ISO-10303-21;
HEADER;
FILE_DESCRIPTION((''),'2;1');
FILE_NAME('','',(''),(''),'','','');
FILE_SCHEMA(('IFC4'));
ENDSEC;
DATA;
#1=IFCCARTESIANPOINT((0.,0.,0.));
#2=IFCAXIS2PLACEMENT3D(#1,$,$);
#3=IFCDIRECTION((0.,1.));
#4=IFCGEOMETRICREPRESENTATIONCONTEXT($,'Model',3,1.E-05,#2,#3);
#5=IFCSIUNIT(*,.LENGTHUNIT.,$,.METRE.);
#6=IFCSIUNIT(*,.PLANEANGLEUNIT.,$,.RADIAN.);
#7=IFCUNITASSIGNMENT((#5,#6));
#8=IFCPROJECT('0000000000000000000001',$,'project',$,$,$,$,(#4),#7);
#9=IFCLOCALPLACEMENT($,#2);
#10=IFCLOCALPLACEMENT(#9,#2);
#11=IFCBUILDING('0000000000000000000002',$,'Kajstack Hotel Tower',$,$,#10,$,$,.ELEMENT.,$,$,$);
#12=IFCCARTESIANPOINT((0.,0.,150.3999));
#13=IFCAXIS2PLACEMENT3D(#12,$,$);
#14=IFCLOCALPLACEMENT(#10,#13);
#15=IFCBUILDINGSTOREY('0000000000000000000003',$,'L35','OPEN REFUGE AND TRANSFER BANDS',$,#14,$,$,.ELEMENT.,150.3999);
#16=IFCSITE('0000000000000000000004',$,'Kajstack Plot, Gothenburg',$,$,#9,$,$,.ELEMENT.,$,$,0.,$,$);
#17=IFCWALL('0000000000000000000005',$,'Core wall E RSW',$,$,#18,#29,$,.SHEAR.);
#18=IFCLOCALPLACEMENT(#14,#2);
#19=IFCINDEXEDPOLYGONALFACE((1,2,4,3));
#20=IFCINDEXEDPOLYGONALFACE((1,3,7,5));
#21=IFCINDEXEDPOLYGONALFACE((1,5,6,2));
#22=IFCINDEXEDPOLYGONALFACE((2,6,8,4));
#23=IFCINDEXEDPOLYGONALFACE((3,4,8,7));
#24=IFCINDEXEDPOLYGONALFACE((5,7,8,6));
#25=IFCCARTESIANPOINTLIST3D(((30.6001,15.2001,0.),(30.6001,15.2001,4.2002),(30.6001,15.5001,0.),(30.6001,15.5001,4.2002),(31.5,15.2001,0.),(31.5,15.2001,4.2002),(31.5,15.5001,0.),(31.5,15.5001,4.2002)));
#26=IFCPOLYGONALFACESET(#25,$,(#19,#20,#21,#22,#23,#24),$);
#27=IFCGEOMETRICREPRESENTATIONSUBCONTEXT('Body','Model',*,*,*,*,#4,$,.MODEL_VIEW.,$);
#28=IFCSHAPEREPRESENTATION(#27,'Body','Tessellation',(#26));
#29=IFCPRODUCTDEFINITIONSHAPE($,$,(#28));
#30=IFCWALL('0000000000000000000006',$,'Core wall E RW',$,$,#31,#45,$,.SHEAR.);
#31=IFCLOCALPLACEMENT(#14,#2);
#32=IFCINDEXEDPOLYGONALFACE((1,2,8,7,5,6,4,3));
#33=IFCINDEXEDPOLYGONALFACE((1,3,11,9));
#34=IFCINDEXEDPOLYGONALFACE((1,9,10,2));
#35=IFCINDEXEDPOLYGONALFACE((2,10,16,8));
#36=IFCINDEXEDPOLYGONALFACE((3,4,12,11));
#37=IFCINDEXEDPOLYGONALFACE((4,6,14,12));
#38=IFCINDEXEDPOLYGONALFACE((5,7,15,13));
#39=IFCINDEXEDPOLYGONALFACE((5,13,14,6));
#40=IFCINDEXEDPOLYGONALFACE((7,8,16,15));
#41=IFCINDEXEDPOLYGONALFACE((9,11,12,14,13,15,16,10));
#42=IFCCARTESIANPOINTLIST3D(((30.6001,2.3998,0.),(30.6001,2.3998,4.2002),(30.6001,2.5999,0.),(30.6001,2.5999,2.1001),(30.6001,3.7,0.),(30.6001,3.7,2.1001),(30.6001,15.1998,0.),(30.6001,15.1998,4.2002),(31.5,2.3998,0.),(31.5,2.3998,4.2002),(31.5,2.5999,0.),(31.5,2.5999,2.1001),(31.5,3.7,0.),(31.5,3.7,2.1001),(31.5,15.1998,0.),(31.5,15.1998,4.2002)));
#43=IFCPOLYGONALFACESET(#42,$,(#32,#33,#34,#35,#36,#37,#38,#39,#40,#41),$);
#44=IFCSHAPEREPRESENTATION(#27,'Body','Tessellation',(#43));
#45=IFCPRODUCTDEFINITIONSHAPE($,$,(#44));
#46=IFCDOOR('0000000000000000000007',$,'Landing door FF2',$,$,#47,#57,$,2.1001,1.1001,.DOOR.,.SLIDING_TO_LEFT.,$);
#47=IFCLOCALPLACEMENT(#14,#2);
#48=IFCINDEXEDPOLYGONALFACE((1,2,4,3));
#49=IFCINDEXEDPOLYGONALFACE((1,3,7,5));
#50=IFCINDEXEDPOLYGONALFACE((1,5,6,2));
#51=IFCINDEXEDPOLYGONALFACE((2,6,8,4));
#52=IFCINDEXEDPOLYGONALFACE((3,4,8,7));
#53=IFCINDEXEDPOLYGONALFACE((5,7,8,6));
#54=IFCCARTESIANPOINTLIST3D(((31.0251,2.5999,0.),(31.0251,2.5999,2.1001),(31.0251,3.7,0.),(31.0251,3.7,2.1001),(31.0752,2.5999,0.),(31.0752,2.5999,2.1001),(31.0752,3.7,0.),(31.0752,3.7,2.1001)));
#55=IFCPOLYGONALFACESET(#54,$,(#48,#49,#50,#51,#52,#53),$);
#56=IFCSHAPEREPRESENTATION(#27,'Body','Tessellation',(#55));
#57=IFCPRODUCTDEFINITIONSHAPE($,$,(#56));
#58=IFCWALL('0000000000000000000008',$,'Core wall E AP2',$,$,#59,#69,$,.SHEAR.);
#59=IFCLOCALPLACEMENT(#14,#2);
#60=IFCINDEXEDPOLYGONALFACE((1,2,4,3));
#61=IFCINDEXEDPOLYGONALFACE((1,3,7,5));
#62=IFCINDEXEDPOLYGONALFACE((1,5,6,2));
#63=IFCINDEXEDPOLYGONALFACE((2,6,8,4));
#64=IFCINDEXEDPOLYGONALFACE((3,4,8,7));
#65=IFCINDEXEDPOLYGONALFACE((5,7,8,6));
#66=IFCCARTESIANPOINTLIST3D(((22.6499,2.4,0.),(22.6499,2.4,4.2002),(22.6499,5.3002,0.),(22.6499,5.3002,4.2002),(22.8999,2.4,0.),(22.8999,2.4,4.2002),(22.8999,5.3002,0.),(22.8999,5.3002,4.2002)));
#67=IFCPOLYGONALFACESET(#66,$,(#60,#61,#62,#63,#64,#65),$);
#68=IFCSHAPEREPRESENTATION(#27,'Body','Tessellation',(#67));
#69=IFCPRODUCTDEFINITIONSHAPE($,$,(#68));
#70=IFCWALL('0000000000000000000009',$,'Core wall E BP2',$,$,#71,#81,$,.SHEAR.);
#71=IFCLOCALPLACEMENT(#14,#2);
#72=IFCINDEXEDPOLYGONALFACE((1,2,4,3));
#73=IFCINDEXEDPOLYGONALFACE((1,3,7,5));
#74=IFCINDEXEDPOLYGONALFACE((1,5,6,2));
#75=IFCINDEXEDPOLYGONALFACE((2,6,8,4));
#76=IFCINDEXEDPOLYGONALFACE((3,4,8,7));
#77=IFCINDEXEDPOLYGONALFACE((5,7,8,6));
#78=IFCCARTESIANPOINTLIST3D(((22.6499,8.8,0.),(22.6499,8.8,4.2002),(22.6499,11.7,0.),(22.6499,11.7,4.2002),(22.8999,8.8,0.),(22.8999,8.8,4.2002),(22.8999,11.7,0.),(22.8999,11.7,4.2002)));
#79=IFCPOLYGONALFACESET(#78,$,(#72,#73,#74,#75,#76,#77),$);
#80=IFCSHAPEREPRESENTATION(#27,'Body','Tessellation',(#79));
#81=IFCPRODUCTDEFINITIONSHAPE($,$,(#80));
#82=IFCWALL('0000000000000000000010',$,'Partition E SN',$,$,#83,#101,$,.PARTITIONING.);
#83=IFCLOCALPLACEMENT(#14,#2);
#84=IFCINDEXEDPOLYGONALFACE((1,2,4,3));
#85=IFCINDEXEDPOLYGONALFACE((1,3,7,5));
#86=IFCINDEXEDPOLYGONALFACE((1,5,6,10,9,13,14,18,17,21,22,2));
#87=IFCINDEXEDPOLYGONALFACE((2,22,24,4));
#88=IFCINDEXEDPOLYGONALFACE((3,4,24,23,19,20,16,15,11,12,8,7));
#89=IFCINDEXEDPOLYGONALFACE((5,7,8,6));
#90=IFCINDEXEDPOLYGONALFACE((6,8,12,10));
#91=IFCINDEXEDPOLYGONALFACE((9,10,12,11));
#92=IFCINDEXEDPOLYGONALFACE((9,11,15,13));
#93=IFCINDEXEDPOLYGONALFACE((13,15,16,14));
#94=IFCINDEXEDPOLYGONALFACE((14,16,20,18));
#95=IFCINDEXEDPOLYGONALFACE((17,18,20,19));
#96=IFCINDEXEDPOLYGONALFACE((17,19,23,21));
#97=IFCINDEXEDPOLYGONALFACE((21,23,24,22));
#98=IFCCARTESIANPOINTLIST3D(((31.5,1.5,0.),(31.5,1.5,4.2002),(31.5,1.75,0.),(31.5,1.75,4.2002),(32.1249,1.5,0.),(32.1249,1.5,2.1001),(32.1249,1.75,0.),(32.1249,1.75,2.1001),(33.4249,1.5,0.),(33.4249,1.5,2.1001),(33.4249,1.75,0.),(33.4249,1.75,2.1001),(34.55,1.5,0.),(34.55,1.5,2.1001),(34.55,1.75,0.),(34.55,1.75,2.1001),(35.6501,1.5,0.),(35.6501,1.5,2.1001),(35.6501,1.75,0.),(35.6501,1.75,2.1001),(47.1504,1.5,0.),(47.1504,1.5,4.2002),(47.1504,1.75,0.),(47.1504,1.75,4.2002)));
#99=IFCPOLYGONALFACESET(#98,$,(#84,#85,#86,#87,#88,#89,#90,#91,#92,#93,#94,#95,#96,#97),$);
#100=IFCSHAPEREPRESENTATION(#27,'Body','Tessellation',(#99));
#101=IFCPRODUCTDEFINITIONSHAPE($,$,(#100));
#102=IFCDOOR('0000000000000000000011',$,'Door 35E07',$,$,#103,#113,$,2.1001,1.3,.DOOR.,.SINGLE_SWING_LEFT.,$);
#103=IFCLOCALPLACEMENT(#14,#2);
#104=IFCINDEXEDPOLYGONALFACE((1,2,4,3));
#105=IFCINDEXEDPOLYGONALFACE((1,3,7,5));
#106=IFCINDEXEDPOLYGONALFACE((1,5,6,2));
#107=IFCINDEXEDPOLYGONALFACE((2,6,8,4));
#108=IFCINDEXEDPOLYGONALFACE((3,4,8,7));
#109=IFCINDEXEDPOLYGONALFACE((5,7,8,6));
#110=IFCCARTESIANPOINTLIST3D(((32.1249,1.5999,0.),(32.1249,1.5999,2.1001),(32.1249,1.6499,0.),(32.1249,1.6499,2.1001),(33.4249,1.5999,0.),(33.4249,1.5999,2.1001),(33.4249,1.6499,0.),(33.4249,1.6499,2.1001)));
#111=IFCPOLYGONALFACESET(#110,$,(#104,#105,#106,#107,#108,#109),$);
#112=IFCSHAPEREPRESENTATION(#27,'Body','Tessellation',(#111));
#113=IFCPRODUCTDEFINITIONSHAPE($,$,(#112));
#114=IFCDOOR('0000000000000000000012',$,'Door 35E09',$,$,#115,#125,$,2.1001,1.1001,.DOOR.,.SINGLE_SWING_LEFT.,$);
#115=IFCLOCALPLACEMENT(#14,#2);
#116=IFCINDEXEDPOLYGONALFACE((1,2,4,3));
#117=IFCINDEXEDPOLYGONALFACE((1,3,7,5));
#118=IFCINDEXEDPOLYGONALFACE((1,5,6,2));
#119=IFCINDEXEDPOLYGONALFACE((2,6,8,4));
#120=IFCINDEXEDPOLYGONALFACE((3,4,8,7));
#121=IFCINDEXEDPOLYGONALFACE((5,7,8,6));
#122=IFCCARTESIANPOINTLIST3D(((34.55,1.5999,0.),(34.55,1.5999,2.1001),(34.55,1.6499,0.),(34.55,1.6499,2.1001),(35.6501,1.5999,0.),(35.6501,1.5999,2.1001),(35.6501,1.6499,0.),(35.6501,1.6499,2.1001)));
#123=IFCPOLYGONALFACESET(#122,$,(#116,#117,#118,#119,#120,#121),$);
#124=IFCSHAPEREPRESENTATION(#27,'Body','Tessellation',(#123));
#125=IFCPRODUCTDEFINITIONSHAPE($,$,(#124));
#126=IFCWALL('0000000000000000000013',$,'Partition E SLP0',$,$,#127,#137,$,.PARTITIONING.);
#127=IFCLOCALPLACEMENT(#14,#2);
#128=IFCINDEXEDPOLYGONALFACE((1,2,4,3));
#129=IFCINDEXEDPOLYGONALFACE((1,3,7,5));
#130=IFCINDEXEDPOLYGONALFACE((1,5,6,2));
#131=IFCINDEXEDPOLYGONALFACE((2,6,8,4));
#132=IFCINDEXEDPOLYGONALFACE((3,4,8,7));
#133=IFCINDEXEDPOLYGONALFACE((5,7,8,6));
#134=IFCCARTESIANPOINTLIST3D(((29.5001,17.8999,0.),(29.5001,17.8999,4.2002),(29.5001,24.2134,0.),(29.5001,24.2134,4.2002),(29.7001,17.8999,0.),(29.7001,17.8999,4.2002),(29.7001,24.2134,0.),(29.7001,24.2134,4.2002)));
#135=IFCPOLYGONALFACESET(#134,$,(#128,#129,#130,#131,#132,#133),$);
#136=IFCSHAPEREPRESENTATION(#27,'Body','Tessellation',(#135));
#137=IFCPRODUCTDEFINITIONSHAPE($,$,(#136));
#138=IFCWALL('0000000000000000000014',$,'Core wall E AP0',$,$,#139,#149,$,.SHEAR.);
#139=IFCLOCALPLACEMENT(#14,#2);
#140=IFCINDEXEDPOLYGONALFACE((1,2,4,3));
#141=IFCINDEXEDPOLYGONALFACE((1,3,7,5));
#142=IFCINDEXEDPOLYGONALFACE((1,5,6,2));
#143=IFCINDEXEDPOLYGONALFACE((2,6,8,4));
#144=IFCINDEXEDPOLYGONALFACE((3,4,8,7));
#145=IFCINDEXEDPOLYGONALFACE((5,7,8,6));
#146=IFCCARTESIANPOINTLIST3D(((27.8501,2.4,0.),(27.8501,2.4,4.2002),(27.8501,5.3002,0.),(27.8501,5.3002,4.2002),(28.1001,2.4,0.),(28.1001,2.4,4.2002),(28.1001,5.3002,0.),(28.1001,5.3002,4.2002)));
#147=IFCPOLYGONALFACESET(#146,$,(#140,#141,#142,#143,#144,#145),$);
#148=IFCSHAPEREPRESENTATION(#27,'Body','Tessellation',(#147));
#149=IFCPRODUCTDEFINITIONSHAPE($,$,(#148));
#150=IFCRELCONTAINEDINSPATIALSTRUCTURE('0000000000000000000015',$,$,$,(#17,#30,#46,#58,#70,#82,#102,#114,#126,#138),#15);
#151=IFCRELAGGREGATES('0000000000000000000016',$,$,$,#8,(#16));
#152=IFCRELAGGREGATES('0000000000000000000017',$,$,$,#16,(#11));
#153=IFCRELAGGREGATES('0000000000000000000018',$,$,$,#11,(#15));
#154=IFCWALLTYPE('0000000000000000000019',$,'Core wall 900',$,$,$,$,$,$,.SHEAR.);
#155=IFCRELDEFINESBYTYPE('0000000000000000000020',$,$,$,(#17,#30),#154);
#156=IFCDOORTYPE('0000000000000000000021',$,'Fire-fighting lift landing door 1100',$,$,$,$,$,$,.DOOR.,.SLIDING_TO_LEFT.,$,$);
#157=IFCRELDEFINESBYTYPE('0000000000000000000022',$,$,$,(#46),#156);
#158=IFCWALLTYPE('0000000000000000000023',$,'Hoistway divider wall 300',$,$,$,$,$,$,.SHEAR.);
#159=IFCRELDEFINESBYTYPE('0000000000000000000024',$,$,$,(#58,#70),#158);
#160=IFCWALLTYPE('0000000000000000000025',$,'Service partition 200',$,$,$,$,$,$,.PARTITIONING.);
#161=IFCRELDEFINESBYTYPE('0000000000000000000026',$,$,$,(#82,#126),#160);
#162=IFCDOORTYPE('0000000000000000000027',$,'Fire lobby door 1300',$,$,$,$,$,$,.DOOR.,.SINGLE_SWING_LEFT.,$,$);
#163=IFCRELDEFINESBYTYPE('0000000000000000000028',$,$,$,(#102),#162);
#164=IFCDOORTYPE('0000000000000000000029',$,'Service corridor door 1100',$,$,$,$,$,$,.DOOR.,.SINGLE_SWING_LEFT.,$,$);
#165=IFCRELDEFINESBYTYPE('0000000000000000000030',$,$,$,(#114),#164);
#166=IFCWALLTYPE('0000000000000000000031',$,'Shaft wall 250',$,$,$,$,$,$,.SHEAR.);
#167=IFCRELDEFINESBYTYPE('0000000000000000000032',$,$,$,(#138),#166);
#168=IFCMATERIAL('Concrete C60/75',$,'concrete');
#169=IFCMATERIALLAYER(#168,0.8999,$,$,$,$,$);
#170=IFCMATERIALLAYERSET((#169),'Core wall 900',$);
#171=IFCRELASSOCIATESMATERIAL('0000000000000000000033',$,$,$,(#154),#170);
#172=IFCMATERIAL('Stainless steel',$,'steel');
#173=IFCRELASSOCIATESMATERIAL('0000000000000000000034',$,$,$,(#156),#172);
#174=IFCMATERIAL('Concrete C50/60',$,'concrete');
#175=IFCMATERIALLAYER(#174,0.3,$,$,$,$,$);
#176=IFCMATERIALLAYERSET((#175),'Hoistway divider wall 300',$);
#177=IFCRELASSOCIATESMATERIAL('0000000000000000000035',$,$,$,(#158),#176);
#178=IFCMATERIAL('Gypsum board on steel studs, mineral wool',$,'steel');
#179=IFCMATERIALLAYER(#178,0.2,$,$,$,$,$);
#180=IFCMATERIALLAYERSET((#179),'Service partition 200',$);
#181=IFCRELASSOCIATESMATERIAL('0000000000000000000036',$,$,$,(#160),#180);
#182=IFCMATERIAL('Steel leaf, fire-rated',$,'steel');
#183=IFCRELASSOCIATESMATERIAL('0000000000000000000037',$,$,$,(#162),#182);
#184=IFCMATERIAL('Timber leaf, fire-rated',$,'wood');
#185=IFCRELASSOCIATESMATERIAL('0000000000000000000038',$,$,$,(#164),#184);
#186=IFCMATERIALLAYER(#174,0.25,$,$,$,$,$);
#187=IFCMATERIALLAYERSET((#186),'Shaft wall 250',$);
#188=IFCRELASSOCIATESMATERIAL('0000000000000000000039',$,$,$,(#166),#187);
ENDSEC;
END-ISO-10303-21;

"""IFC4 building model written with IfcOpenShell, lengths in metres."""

from ifc_helpers import new_model, si_unit, direction, frame, frame_2d, origin, place, context, subcontext, project, spatial, rectangle, extrude, material, layer, layer_set, type_object, element, fill, save


model = new_model("IFC4")

# Units and contexts
model_context = context("Model", 3, precision=1e-05, world=origin(), true_north=direction((0.0, 1.0)))
body_context = subcontext(model_context, "Body", "Model", "MODEL_VIEW")
ifc_project = project(units=[si_unit("LENGTHUNIT", "METRE"), si_unit("PLANEANGLEUNIT", "RADIAN")], contexts=[model_context])

# Site, building, storey
site_placement = place(None, origin())
site = spatial("IfcSite", under=ifc_project, at=site_placement, Name="Kajstack Plot, Gothenburg", CompositionType="ELEMENT", RefElevation=0.0)
building_placement = place(site_placement, origin())
building = spatial("IfcBuilding", under=site, at=building_placement, Name="Kajstack Hotel Tower", CompositionType="ELEMENT")
storey_placement = place(building_placement, frame((0.0, 0.0, 150.3999)))
storey = spatial("IfcBuildingStorey", under=building, at=storey_placement, Name="L35", Description="OPEN REFUGE AND TRANSFER BANDS", CompositionType="ELEMENT", Elevation=150.3999)

# Wall
ifc_material_1 = material(Name="Concrete C60/75", Category="concrete")
ifc_layer_1 = layer(ifc_material_1, 0.8999)
ifc_layer_set_1 = layer_set([ifc_layer_1], Name="Core wall 900")
wall_type_1 = type_object("IfcWallType", Name="Core wall 900", PredefinedType="SHEAR", material=ifc_layer_set_1)
wall_1_placement = place(storey_placement, frame((30.6001, 15.3501, 0.0), z_axis=(0.0, 0.0, 1.0), x_axis=(1.0, 0.0, 0.0)))
element("IfcWall", 1, at=wall_1_placement, inside=storey, type_object=wall_type_1, Name="Core wall E RSW", PredefinedType="SHEAR", context=body_context, shape_type="SweptSolid", body=[
    extrude(rectangle(XDim=0.8999, YDim=0.3, at=frame_2d((0.45, 0.0))), origin(), (0.0, 0.0, 1.0), 4.2002),
])

# Wall, opening, door
wall_2_placement = place(storey_placement, frame((31.05, 2.3999, 0.0), z_axis=(0.0, 0.0, 1.0), x_axis=(0.0, 1.0, 0.0)))
wall_2 = element("IfcWall", 2, at=wall_2_placement, inside=storey, type_object=wall_type_1, Name="Core wall E RW", PredefinedType="SHEAR", context=body_context, shape_type="SweptSolid", body=[
    extrude(rectangle(XDim=12.8, YDim=0.8999, at=frame_2d((6.3999, 0.0))), origin(), (0.0, 0.0, 1.0), 4.2002),
])
opening_1_placement = place(wall_2_placement, frame((0.2, 0.0, 0.0)))
opening_1 = element("IfcOpeningElement", 3, at=opening_1_placement, cuts=wall_2, PredefinedType="OPENING", context=body_context, shape_type="SweptSolid", body=[
    extrude(rectangle(XDim=1.1001, YDim=2.1001, at=frame_2d((0.55, 1.05))), frame((0.0, 0.46, 0.0), z_axis=(0.0, -1.0, 0.0), x_axis=(1.0, 0.0, 0.0)), (0.0, 0.0, 1.0), 0.9199),
])
ifc_material_2 = material(Name="Stainless steel", Category="steel")
door_type_1 = type_object("IfcDoorType", Name="Fire-fighting lift landing door 1100", OperationType="SLIDING_TO_LEFT", PredefinedType="DOOR", material=ifc_material_2)
door_1_placement = place(opening_1_placement, origin())
door_1 = element("IfcDoor", 4, at=door_1_placement, inside=storey, type_object=door_type_1, Name="Landing door FF2", OperationType="SLIDING_TO_LEFT", OverallHeight=2.1001, OverallWidth=1.1001, PredefinedType="DOOR", context=body_context, shape_type="SweptSolid", body=[
    extrude(rectangle(XDim=1.1001, YDim=2.1001, at=frame_2d((0.55, 1.05))), frame((0.0, 0.0249, 0.0), z_axis=(0.0, -1.0, 0.0), x_axis=(1.0, 0.0, 0.0)), (0.0, 0.0, 1.0), 0.05),
])
fill(opening_1, door_1)

# Walls
ifc_material_3 = material(Name="Concrete C50/60", Category="concrete")
ifc_layer_2 = layer(ifc_material_3, 0.3)
ifc_layer_set_2 = layer_set([ifc_layer_2], Name="Hoistway divider wall 300")
wall_type_2 = type_object("IfcWallType", Name="Hoistway divider wall 300", PredefinedType="SHEAR", material=ifc_layer_set_2)
wall_3_placement = place(storey_placement, frame((22.7749, 2.3999, 0.0), z_axis=(0.0, 0.0, 1.0), x_axis=(0.0, 1.0, 0.0)))
element("IfcWall", 5, at=wall_3_placement, inside=storey, type_object=wall_type_2, Name="Core wall E AP2", PredefinedType="SHEAR", context=body_context, shape_type="SweptSolid", body=[
    extrude(rectangle(XDim=2.9001, YDim=0.25, at=frame_2d((1.4502, 0.0))), origin(), (0.0, 0.0, 1.0), 4.2002),
])
wall_4_placement = place(storey_placement, frame((22.7749, 8.8, 0.0), z_axis=(0.0, 0.0, 1.0), x_axis=(0.0, 1.0, 0.0)))
element("IfcWall", 6, at=wall_4_placement, inside=storey, type_object=wall_type_2, Name="Core wall E BP2", PredefinedType="SHEAR", context=body_context, shape_type="SweptSolid", body=[
    extrude(rectangle(XDim=2.8999, YDim=0.25, at=frame_2d((1.45, 0.0))), origin(), (0.0, 0.0, 1.0), 4.2002),
])

# Wall, openings, doors
ifc_material_4 = material(Name="Gypsum board on steel studs, mineral wool", Category="steel")
ifc_layer_3 = layer(ifc_material_4, 0.2)
ifc_layer_set_3 = layer_set([ifc_layer_3], Name="Service partition 200")
wall_type_3 = type_object("IfcWallType", Name="Service partition 200", PredefinedType="PARTITIONING", material=ifc_layer_set_3)
wall_5_placement = place(storey_placement, frame((31.5, 1.625, 0.0), z_axis=(0.0, 0.0, 1.0), x_axis=(1.0, 0.0, 0.0)))
wall_5 = element("IfcWall", 7, at=wall_5_placement, inside=storey, type_object=wall_type_3, Name="Partition E SN", PredefinedType="PARTITIONING", context=body_context, shape_type="SweptSolid", body=[
    extrude(rectangle(XDim=15.6504, YDim=0.25, at=frame_2d((7.8252, 0.0))), origin(), (0.0, 0.0, 1.0), 4.2002),
])
opening_2_placement = place(wall_5_placement, frame((0.625, 0.0, 0.0)))
opening_2 = element("IfcOpeningElement", 8, at=opening_2_placement, cuts=wall_5, PredefinedType="OPENING", context=body_context, shape_type="SweptSolid", body=[
    extrude(rectangle(XDim=1.3, YDim=2.1001, at=frame_2d((0.6499, 1.05))), frame((0.0, 0.135, 0.0), z_axis=(0.0, -1.0, 0.0), x_axis=(1.0, 0.0, 0.0)), (0.0, 0.0, 1.0), 0.27),
])
opening_3_placement = place(wall_5_placement, frame((3.05, 0.0, 0.0)))
opening_3 = element("IfcOpeningElement", 9, at=opening_3_placement, cuts=wall_5, PredefinedType="OPENING", context=body_context, shape_type="SweptSolid", body=[
    extrude(rectangle(XDim=1.1001, YDim=2.1001, at=frame_2d((0.55, 1.05))), frame((0.0, 0.135, 0.0), z_axis=(0.0, -1.0, 0.0), x_axis=(1.0, 0.0, 0.0)), (0.0, 0.0, 1.0), 0.27),
])
ifc_material_5 = material(Name="Steel leaf, fire-rated", Category="steel")
door_type_2 = type_object("IfcDoorType", Name="Fire lobby door 1300", OperationType="SINGLE_SWING_LEFT", PredefinedType="DOOR", material=ifc_material_5)
door_2_placement = place(opening_2_placement, origin())
door_2 = element("IfcDoor", 10, at=door_2_placement, inside=storey, type_object=door_type_2, Name="Door 35E07", OperationType="SINGLE_SWING_LEFT", OverallHeight=2.1001, OverallWidth=1.3, PredefinedType="DOOR", context=body_context, shape_type="SweptSolid", body=[
    extrude(rectangle(XDim=1.3, YDim=2.1001, at=frame_2d((0.6499, 1.05))), frame((0.0, 0.0249, 0.0), z_axis=(0.0, -1.0, 0.0), x_axis=(1.0, 0.0, 0.0)), (0.0, 0.0, 1.0), 0.05),
])
fill(opening_2, door_2)
ifc_material_6 = material(Name="Timber leaf, fire-rated", Category="wood")
door_type_3 = type_object("IfcDoorType", Name="Service corridor door 1100", OperationType="SINGLE_SWING_LEFT", PredefinedType="DOOR", material=ifc_material_6)
door_3_placement = place(opening_3_placement, origin())
door_3 = element("IfcDoor", 11, at=door_3_placement, inside=storey, type_object=door_type_3, Name="Door 35E09", OperationType="SINGLE_SWING_LEFT", OverallHeight=2.1001, OverallWidth=1.1001, PredefinedType="DOOR", context=body_context, shape_type="SweptSolid", body=[
    extrude(rectangle(XDim=1.1001, YDim=2.1001, at=frame_2d((0.55, 1.05))), frame((0.0, 0.0249, 0.0), z_axis=(0.0, -1.0, 0.0), x_axis=(1.0, 0.0, 0.0)), (0.0, 0.0, 1.0), 0.05),
])
fill(opening_3, door_3)

# Walls
wall_6_placement = place(storey_placement, frame((29.6001, 17.8999, 0.0), z_axis=(0.0, 0.0, 1.0), x_axis=(0.0, 1.0, 0.0)))
element("IfcWall", 12, at=wall_6_placement, inside=storey, type_object=wall_type_3, Name="Partition E SLP0", PredefinedType="PARTITIONING", context=body_context, shape_type="SweptSolid", body=[
    extrude(rectangle(XDim=6.3135, YDim=0.2, at=frame_2d((3.1567, 0.0))), origin(), (0.0, 0.0, 1.0), 4.2002),
])
ifc_layer_4 = layer(ifc_material_3, 0.25)
ifc_layer_set_4 = layer_set([ifc_layer_4], Name="Shaft wall 250")
wall_type_4 = type_object("IfcWallType", Name="Shaft wall 250", PredefinedType="SHEAR", material=ifc_layer_set_4)
wall_7_placement = place(storey_placement, frame((27.9751, 2.3999, 0.0), z_axis=(0.0, 0.0, 1.0), x_axis=(0.0, 1.0, 0.0)))
element("IfcWall", 13, at=wall_7_placement, inside=storey, type_object=wall_type_4, Name="Core wall E AP0", PredefinedType="SHEAR", context=body_context, shape_type="SweptSolid", body=[
    extrude(rectangle(XDim=2.9001, YDim=0.25, at=frame_2d((1.4502, 0.0))), origin(), (0.0, 0.0, 1.0), 4.2002),
])

save(model, "model.ifc")
